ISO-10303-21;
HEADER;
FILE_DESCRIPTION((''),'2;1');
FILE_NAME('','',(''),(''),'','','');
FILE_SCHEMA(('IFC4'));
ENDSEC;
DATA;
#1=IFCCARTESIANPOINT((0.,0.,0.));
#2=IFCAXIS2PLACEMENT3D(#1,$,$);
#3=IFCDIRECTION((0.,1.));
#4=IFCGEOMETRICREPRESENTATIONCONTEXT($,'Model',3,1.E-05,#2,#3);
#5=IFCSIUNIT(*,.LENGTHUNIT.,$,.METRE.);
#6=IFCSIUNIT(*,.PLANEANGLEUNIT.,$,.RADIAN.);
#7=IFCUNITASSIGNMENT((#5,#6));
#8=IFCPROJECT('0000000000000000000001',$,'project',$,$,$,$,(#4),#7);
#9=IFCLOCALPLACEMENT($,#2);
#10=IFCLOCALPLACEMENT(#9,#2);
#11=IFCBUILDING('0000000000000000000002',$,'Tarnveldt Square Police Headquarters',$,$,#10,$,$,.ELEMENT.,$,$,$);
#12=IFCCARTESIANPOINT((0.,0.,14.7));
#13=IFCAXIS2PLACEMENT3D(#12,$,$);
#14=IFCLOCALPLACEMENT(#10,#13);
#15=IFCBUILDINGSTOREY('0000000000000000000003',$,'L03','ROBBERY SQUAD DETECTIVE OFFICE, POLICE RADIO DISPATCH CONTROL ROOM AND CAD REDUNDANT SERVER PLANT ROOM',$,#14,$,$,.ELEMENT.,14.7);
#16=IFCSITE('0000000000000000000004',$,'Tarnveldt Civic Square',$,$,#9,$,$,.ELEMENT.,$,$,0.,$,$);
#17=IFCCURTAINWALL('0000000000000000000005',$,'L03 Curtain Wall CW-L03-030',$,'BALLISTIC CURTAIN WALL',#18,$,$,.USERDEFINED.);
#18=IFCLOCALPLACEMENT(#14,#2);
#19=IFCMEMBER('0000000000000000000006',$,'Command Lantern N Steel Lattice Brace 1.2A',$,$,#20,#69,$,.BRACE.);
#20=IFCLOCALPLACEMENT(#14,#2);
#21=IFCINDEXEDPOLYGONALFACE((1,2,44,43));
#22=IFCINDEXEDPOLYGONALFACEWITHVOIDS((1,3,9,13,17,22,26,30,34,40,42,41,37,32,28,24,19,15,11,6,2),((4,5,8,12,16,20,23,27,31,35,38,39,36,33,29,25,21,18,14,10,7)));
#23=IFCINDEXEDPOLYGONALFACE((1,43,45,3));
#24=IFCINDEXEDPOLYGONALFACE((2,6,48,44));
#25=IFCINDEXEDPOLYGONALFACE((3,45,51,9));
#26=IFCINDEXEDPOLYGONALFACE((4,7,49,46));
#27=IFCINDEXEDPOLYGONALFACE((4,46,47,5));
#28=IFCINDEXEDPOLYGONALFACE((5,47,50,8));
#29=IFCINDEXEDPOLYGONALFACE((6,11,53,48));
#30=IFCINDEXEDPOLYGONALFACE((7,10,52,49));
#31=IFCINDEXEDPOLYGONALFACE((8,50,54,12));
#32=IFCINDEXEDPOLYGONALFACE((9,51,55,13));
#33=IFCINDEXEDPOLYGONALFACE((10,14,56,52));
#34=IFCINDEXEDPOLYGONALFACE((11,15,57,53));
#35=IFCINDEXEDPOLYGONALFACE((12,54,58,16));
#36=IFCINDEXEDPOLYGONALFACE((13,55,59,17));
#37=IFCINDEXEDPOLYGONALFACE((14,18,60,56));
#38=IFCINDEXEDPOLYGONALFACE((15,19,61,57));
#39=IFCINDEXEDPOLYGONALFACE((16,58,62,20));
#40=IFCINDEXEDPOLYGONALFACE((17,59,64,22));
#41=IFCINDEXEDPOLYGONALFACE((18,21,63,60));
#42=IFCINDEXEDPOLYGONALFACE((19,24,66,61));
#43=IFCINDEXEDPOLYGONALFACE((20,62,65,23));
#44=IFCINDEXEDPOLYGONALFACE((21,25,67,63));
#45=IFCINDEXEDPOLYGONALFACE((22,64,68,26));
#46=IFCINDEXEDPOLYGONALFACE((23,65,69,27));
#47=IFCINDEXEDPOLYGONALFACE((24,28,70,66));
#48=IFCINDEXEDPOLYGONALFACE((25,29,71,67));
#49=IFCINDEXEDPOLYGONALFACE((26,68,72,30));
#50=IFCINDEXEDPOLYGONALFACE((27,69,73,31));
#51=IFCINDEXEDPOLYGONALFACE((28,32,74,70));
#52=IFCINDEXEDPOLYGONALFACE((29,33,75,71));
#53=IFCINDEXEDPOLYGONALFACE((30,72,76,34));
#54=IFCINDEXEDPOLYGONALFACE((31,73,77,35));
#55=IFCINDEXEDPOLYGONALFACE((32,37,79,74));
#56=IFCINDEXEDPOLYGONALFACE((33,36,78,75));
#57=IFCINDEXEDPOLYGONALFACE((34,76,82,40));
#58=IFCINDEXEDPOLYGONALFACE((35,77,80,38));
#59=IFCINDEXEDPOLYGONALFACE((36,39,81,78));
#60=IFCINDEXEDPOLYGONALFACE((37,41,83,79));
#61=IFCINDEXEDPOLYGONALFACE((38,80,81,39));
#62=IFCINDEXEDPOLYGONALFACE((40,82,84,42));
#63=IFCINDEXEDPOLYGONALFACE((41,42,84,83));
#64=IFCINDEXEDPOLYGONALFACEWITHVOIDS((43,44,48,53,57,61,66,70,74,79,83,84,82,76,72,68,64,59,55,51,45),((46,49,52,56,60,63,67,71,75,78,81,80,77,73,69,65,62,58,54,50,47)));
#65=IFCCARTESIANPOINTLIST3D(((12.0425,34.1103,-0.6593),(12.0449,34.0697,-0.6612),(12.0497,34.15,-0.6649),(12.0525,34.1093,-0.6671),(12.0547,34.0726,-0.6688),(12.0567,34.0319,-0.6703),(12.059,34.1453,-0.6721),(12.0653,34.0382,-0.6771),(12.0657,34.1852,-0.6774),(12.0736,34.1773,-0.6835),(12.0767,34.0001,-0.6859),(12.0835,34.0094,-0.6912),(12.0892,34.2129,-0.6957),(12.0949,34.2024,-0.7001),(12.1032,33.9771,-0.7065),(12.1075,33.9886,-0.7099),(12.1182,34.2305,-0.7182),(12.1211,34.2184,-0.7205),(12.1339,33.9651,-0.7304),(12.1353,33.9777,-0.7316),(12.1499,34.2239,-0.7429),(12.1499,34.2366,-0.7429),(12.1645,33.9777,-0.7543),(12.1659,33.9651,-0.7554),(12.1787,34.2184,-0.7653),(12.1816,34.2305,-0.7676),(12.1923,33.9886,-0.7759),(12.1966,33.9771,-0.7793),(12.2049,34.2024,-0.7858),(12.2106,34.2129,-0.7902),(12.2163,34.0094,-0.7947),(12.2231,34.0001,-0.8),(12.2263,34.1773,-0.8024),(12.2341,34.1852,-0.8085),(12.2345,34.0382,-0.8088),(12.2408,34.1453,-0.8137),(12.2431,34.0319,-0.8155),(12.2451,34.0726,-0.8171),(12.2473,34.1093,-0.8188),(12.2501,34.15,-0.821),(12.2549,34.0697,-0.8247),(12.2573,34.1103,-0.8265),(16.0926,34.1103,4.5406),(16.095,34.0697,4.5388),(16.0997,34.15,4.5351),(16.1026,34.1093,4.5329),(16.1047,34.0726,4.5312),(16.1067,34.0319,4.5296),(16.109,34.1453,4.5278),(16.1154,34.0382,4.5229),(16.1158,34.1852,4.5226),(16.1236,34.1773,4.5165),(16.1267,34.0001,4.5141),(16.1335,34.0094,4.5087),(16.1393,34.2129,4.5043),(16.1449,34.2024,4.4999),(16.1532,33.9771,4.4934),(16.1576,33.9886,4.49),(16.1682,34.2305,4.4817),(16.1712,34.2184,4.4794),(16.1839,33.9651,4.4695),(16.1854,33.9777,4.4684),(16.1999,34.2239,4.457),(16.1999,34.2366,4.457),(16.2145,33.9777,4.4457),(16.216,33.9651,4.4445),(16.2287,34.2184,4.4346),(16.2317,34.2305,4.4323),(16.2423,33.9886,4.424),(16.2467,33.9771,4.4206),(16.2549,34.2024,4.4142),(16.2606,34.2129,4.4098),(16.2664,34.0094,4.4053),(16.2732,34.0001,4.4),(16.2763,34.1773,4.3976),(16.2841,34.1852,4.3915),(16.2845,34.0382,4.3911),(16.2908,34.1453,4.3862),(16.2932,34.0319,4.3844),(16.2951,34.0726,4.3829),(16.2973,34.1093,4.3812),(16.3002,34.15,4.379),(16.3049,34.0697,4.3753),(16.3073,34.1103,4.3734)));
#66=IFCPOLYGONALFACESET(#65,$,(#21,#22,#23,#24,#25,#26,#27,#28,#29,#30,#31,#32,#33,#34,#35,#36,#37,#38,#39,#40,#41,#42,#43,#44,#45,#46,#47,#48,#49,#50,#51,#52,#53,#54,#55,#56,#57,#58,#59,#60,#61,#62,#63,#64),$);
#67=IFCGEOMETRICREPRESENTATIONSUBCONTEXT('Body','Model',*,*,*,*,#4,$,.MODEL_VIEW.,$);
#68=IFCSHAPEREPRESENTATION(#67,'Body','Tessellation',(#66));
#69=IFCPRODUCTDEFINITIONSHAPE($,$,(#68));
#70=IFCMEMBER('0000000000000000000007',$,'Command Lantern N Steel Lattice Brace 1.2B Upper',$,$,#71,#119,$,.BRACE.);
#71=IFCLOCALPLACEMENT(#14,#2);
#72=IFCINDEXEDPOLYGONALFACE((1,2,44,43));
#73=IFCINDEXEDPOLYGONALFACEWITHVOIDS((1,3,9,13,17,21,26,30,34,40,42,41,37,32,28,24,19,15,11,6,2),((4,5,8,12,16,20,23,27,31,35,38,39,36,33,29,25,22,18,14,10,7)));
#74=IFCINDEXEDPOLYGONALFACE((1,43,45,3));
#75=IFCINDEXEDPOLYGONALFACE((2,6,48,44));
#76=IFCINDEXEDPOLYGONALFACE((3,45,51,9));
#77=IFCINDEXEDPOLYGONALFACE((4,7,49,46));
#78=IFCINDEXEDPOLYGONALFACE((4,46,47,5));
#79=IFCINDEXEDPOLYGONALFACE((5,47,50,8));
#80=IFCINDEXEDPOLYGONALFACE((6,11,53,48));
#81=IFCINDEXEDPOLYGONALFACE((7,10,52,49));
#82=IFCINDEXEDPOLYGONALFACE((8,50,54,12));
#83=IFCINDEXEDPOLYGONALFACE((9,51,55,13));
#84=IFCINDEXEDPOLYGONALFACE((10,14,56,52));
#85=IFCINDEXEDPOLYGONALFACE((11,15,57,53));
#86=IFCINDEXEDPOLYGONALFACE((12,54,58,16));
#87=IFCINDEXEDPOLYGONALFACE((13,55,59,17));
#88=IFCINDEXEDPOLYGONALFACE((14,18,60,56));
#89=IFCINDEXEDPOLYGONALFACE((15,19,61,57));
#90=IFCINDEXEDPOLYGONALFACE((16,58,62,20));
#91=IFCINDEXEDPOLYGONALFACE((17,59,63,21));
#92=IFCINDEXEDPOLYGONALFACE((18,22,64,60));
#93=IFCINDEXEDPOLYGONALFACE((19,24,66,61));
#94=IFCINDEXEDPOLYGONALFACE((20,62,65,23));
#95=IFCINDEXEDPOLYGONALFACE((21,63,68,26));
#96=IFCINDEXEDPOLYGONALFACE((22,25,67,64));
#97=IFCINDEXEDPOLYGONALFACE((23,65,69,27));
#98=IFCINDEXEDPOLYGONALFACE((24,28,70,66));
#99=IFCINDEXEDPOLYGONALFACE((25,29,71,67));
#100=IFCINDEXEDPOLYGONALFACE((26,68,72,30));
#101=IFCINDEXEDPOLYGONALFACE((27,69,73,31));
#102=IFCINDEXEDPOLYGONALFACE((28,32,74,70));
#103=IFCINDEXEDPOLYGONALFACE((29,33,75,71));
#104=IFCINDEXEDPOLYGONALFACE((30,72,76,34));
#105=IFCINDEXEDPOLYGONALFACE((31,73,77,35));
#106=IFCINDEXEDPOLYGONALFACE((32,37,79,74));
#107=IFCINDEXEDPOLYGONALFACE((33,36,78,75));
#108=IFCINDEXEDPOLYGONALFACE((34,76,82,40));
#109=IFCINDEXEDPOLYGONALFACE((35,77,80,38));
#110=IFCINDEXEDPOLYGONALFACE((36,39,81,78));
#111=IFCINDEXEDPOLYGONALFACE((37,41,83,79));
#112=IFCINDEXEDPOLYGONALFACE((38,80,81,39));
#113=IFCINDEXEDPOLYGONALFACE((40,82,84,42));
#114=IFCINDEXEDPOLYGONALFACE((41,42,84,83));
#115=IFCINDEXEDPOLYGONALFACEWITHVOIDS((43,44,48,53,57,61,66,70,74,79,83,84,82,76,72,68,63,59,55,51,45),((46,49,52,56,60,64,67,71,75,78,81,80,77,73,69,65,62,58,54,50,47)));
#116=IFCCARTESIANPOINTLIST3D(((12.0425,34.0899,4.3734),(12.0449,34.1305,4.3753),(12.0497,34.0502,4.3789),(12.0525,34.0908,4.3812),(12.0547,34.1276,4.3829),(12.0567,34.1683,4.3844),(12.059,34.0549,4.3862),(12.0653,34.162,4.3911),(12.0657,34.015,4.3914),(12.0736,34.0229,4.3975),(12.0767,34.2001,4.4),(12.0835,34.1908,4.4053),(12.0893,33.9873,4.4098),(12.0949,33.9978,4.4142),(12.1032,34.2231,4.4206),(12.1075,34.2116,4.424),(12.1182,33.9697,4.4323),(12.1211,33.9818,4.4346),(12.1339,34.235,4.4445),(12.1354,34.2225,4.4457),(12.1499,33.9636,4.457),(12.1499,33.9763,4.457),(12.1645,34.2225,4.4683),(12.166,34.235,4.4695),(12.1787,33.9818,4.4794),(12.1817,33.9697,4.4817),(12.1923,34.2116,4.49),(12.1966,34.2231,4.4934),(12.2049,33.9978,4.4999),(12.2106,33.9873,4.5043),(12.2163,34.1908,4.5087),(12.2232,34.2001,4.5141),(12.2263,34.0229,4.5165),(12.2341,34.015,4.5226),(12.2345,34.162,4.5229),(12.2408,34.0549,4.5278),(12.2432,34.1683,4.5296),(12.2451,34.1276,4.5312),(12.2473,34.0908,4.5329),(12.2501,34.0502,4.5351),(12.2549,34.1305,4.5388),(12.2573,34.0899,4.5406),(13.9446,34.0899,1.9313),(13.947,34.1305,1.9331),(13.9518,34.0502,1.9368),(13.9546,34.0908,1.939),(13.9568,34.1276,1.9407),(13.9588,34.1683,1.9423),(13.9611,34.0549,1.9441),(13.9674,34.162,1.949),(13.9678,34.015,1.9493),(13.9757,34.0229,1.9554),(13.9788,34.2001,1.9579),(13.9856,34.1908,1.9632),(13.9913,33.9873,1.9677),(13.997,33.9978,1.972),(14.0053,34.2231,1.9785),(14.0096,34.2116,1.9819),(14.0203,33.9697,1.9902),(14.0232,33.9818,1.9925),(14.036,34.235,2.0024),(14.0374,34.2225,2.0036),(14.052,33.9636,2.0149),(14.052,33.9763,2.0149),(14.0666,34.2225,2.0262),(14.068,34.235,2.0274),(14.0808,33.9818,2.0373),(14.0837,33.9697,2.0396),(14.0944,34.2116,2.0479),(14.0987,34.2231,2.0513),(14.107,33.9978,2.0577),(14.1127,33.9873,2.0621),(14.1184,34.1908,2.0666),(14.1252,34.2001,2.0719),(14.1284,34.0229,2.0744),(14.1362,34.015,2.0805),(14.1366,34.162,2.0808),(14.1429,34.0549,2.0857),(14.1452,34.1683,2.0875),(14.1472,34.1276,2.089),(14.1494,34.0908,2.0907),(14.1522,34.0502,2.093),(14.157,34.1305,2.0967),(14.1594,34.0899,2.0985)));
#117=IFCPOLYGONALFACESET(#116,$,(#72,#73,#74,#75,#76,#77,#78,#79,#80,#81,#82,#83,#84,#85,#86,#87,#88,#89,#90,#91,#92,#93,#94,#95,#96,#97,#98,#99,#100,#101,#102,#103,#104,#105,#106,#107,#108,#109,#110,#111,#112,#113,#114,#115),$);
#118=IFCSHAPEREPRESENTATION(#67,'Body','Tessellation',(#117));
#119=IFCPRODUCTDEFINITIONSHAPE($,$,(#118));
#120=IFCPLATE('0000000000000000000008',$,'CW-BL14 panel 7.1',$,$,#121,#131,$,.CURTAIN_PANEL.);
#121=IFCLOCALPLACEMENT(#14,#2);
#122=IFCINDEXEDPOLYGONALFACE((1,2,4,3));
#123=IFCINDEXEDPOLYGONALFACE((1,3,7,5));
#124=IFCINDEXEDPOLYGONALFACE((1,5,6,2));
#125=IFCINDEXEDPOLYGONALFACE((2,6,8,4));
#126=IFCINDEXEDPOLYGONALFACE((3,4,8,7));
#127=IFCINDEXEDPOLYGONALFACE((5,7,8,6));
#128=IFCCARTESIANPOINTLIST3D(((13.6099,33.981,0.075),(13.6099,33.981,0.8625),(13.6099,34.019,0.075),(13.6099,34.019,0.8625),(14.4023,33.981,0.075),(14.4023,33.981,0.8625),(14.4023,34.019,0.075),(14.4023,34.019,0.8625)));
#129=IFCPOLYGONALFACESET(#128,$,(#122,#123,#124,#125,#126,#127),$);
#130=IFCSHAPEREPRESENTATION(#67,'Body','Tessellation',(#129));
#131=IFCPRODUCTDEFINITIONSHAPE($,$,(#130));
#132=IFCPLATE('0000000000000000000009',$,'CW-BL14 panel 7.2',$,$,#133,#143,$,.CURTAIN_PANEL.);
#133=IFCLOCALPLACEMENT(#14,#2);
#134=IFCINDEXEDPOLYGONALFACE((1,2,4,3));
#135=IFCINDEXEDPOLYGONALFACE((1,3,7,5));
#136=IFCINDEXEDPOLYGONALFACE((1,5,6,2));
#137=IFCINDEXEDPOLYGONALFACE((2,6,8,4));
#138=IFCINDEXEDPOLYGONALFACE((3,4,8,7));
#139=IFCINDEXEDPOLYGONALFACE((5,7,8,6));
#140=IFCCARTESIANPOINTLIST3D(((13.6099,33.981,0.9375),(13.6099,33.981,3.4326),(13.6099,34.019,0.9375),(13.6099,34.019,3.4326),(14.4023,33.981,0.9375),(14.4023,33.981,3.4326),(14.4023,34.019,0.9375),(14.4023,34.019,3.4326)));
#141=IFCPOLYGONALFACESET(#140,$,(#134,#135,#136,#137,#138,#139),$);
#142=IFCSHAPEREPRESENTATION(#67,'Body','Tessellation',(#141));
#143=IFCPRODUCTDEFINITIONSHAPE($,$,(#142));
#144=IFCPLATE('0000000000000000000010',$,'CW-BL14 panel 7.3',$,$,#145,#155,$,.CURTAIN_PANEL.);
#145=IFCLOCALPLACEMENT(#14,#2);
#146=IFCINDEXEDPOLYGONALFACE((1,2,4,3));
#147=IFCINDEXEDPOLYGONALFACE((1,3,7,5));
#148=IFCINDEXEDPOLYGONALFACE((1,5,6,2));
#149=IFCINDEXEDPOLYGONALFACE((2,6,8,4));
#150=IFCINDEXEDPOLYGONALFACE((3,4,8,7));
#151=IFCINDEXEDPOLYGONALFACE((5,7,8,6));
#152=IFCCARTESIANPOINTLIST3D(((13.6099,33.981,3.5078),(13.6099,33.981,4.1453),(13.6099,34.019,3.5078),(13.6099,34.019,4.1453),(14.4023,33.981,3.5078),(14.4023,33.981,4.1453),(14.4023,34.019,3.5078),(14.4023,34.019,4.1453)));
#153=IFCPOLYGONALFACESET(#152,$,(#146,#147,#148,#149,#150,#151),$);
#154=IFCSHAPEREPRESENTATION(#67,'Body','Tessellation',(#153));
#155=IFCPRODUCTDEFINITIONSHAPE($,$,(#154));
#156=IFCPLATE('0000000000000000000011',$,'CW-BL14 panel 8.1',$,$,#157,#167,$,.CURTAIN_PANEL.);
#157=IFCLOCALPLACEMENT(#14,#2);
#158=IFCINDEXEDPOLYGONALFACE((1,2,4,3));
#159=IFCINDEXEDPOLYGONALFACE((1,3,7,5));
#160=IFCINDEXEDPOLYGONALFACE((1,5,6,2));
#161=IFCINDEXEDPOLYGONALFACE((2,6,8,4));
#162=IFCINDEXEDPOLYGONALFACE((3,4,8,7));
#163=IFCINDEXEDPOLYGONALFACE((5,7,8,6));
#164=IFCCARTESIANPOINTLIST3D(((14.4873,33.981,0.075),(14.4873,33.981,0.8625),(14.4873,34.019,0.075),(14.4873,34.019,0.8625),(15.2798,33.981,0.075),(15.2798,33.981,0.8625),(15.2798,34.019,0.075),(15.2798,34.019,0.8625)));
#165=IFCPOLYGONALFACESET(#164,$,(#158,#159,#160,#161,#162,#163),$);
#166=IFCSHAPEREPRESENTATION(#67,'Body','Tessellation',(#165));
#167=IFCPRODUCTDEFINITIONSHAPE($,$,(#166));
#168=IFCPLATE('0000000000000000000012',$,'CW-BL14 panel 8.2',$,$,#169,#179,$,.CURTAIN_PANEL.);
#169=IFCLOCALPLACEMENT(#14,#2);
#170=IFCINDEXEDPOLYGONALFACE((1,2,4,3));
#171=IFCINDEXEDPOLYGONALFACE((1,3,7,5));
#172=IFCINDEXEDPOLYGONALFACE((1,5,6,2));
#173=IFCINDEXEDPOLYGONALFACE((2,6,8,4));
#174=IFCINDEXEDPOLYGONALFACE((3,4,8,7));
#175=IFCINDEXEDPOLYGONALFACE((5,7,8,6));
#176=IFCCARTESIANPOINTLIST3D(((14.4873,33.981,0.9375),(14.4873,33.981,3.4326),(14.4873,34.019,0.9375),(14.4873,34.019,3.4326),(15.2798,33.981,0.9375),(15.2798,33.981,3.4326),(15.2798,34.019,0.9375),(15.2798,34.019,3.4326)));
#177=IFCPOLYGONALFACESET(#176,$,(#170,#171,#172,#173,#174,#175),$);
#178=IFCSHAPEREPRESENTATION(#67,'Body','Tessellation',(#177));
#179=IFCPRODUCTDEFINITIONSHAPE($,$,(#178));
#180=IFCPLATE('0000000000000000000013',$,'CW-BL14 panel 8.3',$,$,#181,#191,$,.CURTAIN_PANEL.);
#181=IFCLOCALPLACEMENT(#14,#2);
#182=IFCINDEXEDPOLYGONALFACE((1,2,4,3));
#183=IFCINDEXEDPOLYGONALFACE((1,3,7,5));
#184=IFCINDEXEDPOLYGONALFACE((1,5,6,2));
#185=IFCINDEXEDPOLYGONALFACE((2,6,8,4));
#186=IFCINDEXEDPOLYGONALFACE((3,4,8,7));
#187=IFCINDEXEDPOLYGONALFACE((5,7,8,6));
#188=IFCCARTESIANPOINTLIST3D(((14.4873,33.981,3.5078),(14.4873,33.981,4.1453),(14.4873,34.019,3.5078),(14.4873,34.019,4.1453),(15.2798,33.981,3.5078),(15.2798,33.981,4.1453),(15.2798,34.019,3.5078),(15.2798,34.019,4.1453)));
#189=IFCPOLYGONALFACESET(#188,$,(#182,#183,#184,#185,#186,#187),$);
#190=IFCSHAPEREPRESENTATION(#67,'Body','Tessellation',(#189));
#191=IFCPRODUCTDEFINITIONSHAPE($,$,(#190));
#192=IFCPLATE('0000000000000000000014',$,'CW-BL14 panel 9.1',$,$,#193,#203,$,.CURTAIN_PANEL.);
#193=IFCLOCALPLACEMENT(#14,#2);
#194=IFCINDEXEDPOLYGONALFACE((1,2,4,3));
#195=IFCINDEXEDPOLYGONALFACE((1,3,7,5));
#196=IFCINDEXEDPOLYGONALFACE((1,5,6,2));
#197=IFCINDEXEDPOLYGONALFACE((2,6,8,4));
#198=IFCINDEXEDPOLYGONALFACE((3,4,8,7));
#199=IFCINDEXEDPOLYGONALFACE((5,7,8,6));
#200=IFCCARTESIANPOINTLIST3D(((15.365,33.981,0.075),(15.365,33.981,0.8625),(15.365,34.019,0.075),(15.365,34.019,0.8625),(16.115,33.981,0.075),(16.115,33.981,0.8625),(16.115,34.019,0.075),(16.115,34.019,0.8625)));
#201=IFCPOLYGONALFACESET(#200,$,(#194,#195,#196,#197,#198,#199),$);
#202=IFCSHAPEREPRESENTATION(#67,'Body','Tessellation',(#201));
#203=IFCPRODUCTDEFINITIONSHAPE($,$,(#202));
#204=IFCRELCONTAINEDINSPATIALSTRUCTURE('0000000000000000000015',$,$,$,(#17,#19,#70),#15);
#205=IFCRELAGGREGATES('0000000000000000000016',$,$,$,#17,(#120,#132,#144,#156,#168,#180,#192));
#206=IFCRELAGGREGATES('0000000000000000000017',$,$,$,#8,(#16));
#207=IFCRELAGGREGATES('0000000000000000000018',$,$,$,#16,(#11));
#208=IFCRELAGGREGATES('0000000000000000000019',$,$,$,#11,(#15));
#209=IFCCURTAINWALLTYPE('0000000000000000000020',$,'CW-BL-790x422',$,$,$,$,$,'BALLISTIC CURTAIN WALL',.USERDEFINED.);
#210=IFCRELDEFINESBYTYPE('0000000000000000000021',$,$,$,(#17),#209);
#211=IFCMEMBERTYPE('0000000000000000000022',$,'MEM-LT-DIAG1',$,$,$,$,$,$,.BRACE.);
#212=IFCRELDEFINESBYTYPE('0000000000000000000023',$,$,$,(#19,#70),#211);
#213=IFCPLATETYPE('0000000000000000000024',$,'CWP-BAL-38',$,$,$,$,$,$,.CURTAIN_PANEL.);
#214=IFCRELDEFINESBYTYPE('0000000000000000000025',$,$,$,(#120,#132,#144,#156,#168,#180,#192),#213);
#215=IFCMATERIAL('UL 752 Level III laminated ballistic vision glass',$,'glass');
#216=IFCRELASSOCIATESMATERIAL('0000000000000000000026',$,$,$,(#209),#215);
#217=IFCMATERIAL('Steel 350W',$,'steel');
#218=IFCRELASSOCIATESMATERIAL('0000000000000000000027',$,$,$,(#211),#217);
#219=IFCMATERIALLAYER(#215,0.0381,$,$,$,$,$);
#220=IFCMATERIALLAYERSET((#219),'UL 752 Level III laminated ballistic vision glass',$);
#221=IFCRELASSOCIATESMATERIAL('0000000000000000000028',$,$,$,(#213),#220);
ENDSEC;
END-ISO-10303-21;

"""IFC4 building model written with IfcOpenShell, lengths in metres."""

from ifc_helpers import new_model, si_unit, direction, frame, origin, origin_2d, place, context, subcontext, project, spatial, rectangle, hollow_circle, extrude, material, layer, layer_set, material_profile, profile_set, type_object, element, aggregate, save


model = new_model("IFC4")

# Units and contexts
model_context = context("Model", 3, precision=1e-05, world=origin(), true_north=direction((0.0, 1.0)))
body_context = subcontext(model_context, "Body", "Model", "MODEL_VIEW")
ifc_project = project(units=[si_unit("LENGTHUNIT", "METRE"), si_unit("PLANEANGLEUNIT", "RADIAN")], contexts=[model_context])

# Site, building, storey
site_placement = place(None, origin())
site = spatial("IfcSite", under=ifc_project, at=site_placement, Name="Tarnveldt Civic Square", CompositionType="ELEMENT", RefElevation=0.0)
building_placement = place(site_placement, origin())
building = spatial("IfcBuilding", under=site, at=building_placement, Name="Tarnveldt Square Police Headquarters", CompositionType="ELEMENT")
storey_placement = place(building_placement, frame((0.0, 0.0, 14.7)))
storey = spatial("IfcBuildingStorey", under=building, at=storey_placement, Name="L03", Description="ROBBERY SQUAD DETECTIVE OFFICE, POLICE RADIO DISPATCH CONTROL ROOM AND CAD REDUNDANT SERVER PLANT ROOM", CompositionType="ELEMENT", Elevation=14.7)

# Curtain wall
ifc_material_1 = material(Name="UL 752 Level III laminated ballistic vision glass", Category="glass")
curtain_wall_type = type_object("IfcCurtainWallType", Name="CW-BL-790x422", ElementType="BALLISTIC CURTAIN WALL", PredefinedType="USERDEFINED", material=ifc_material_1)
curtain_wall_placement = place(storey_placement, origin())
curtain_wall = element("IfcCurtainWall", 1, at=curtain_wall_placement, inside=storey, type_object=curtain_wall_type, Name="L03 Curtain Wall CW-L03-030", ObjectType="BALLISTIC CURTAIN WALL", PredefinedType="USERDEFINED")

# Members
ifc_material_2 = material(Name="Steel 350W", Category="steel")
ifc_material_profile_1 = material_profile(ifc_material_2, hollow_circle(Radius=0.1365, WallThickness=0.0127, at=origin_2d()), Name="HSS273x13")
ifc_profile_set_1 = profile_set([ifc_material_profile_1], Name="Steel 350W")
member_type_1 = type_object("IfcMemberType", Name="MEM-LT-DIAG1", PredefinedType="BRACE", material=ifc_profile_set_1)
member_1_placement = place(storey_placement, frame((12.1499, 34.1001, -0.7429), z_axis=(0.614474, 0.0, 0.788937), x_axis=(0.0, 1.0, 0.0)))
element("IfcMember", 2, at=member_1_placement, inside=storey, type_object=member_type_1, Name="Command Lantern N Steel Lattice Brace 1.2A", PredefinedType="BRACE", context=body_context, shape_type="SweptSolid", body=[
    extrude(hollow_circle(Radius=0.1365, WallThickness=0.0127, at=origin_2d()), origin(), (0.0, 0.0, 1.0), 6.5911),
])
member_2_placement = place(storey_placement, frame((14.052, 34.1001, 2.0149), z_axis=(-0.614476, 0.0, 0.788936), x_axis=(0.0, -1.0, 0.0)))
element("IfcMember", 3, at=member_2_placement, inside=storey, type_object=member_type_1, Name="Command Lantern N Steel Lattice Brace 1.2B Upper", PredefinedType="BRACE", context=body_context, shape_type="SweptSolid", body=[
    extrude(hollow_circle(Radius=0.1365, WallThickness=0.0127, at=origin_2d()), origin(), (0.0, 0.0, 1.0), 3.0955),
])

# Plates
ifc_layer_1 = layer(ifc_material_1, 0.0381)
ifc_layer_set_1 = layer_set([ifc_layer_1], Name="UL 752 Level III laminated ballistic vision glass")
plate_type_1 = type_object("IfcPlateType", Name="CWP-BAL-38", PredefinedType="CURTAIN_PANEL", material=ifc_layer_set_1)
plate_1_placement = place(storey_placement, frame((14.0061, 34.0, 0.075), z_axis=(0.0, 0.0, 1.0), x_axis=(1.0, 0.0, 0.0)))
plate_1 = element("IfcPlate", 4, at=plate_1_placement, type_object=plate_type_1, Name="CW-BL14 panel 7.1", PredefinedType="CURTAIN_PANEL", context=body_context, shape_type="SweptSolid", body=[
    extrude(rectangle(XDim=0.7925, YDim=0.0381, at=origin_2d()), origin(), (0.0, 0.0, 1.0), 0.7876),
])
plate_2_placement = place(storey_placement, frame((14.0061, 34.0, 0.9375), z_axis=(0.0, 0.0, 1.0), x_axis=(1.0, 0.0, 0.0)))
plate_2 = element("IfcPlate", 5, at=plate_2_placement, type_object=plate_type_1, Name="CW-BL14 panel 7.2", PredefinedType="CURTAIN_PANEL", context=body_context, shape_type="SweptSolid", body=[
    extrude(rectangle(XDim=0.7925, YDim=0.0381, at=origin_2d()), origin(), (0.0, 0.0, 1.0), 2.4951),
])
plate_3_placement = place(storey_placement, frame((14.0061, 34.0, 3.5078), z_axis=(0.0, 0.0, 1.0), x_axis=(1.0, 0.0, 0.0)))
plate_3 = element("IfcPlate", 6, at=plate_3_placement, type_object=plate_type_1, Name="CW-BL14 panel 7.3", PredefinedType="CURTAIN_PANEL", context=body_context, shape_type="SweptSolid", body=[
    extrude(rectangle(XDim=0.7925, YDim=0.0381, at=origin_2d()), origin(), (0.0, 0.0, 1.0), 0.6375),
])
plate_4_placement = place(storey_placement, frame((14.8835, 34.0, 0.075), z_axis=(0.0, 0.0, 1.0), x_axis=(1.0, 0.0, 0.0)))
plate_4 = element("IfcPlate", 7, at=plate_4_placement, type_object=plate_type_1, Name="CW-BL14 panel 8.1", PredefinedType="CURTAIN_PANEL", context=body_context, shape_type="SweptSolid", body=[
    extrude(rectangle(XDim=0.7925, YDim=0.0381, at=origin_2d()), origin(), (0.0, 0.0, 1.0), 0.7876),
])
plate_5_placement = place(storey_placement, frame((14.8835, 34.0, 0.9375), z_axis=(0.0, 0.0, 1.0), x_axis=(1.0, 0.0, 0.0)))
plate_5 = element("IfcPlate", 8, at=plate_5_placement, type_object=plate_type_1, Name="CW-BL14 panel 8.2", PredefinedType="CURTAIN_PANEL", context=body_context, shape_type="SweptSolid", body=[
    extrude(rectangle(XDim=0.7925, YDim=0.0381, at=origin_2d()), origin(), (0.0, 0.0, 1.0), 2.4951),
])
plate_6_placement = place(storey_placement, frame((14.8835, 34.0, 3.5078), z_axis=(0.0, 0.0, 1.0), x_axis=(1.0, 0.0, 0.0)))
plate_6 = element("IfcPlate", 9, at=plate_6_placement, type_object=plate_type_1, Name="CW-BL14 panel 8.3", PredefinedType="CURTAIN_PANEL", context=body_context, shape_type="SweptSolid", body=[
    extrude(rectangle(XDim=0.7925, YDim=0.0381, at=origin_2d()), origin(), (0.0, 0.0, 1.0), 0.6375),
])
plate_7_placement = place(storey_placement, frame((15.74, 34.0, 0.075), z_axis=(0.0, 0.0, 1.0), x_axis=(1.0, 0.0, 0.0)))
plate_7 = element("IfcPlate", 10, at=plate_7_placement, type_object=plate_type_1, Name="CW-BL14 panel 9.1", PredefinedType="CURTAIN_PANEL", context=body_context, shape_type="SweptSolid", body=[
    extrude(rectangle(XDim=0.75, YDim=0.0381, at=origin_2d()), origin(), (0.0, 0.0, 1.0), 0.7876),
])
aggregate(curtain_wall, [plate_1, plate_2, plate_3, plate_4, plate_5, plate_6, plate_7])

save(model, "model.ifc")
